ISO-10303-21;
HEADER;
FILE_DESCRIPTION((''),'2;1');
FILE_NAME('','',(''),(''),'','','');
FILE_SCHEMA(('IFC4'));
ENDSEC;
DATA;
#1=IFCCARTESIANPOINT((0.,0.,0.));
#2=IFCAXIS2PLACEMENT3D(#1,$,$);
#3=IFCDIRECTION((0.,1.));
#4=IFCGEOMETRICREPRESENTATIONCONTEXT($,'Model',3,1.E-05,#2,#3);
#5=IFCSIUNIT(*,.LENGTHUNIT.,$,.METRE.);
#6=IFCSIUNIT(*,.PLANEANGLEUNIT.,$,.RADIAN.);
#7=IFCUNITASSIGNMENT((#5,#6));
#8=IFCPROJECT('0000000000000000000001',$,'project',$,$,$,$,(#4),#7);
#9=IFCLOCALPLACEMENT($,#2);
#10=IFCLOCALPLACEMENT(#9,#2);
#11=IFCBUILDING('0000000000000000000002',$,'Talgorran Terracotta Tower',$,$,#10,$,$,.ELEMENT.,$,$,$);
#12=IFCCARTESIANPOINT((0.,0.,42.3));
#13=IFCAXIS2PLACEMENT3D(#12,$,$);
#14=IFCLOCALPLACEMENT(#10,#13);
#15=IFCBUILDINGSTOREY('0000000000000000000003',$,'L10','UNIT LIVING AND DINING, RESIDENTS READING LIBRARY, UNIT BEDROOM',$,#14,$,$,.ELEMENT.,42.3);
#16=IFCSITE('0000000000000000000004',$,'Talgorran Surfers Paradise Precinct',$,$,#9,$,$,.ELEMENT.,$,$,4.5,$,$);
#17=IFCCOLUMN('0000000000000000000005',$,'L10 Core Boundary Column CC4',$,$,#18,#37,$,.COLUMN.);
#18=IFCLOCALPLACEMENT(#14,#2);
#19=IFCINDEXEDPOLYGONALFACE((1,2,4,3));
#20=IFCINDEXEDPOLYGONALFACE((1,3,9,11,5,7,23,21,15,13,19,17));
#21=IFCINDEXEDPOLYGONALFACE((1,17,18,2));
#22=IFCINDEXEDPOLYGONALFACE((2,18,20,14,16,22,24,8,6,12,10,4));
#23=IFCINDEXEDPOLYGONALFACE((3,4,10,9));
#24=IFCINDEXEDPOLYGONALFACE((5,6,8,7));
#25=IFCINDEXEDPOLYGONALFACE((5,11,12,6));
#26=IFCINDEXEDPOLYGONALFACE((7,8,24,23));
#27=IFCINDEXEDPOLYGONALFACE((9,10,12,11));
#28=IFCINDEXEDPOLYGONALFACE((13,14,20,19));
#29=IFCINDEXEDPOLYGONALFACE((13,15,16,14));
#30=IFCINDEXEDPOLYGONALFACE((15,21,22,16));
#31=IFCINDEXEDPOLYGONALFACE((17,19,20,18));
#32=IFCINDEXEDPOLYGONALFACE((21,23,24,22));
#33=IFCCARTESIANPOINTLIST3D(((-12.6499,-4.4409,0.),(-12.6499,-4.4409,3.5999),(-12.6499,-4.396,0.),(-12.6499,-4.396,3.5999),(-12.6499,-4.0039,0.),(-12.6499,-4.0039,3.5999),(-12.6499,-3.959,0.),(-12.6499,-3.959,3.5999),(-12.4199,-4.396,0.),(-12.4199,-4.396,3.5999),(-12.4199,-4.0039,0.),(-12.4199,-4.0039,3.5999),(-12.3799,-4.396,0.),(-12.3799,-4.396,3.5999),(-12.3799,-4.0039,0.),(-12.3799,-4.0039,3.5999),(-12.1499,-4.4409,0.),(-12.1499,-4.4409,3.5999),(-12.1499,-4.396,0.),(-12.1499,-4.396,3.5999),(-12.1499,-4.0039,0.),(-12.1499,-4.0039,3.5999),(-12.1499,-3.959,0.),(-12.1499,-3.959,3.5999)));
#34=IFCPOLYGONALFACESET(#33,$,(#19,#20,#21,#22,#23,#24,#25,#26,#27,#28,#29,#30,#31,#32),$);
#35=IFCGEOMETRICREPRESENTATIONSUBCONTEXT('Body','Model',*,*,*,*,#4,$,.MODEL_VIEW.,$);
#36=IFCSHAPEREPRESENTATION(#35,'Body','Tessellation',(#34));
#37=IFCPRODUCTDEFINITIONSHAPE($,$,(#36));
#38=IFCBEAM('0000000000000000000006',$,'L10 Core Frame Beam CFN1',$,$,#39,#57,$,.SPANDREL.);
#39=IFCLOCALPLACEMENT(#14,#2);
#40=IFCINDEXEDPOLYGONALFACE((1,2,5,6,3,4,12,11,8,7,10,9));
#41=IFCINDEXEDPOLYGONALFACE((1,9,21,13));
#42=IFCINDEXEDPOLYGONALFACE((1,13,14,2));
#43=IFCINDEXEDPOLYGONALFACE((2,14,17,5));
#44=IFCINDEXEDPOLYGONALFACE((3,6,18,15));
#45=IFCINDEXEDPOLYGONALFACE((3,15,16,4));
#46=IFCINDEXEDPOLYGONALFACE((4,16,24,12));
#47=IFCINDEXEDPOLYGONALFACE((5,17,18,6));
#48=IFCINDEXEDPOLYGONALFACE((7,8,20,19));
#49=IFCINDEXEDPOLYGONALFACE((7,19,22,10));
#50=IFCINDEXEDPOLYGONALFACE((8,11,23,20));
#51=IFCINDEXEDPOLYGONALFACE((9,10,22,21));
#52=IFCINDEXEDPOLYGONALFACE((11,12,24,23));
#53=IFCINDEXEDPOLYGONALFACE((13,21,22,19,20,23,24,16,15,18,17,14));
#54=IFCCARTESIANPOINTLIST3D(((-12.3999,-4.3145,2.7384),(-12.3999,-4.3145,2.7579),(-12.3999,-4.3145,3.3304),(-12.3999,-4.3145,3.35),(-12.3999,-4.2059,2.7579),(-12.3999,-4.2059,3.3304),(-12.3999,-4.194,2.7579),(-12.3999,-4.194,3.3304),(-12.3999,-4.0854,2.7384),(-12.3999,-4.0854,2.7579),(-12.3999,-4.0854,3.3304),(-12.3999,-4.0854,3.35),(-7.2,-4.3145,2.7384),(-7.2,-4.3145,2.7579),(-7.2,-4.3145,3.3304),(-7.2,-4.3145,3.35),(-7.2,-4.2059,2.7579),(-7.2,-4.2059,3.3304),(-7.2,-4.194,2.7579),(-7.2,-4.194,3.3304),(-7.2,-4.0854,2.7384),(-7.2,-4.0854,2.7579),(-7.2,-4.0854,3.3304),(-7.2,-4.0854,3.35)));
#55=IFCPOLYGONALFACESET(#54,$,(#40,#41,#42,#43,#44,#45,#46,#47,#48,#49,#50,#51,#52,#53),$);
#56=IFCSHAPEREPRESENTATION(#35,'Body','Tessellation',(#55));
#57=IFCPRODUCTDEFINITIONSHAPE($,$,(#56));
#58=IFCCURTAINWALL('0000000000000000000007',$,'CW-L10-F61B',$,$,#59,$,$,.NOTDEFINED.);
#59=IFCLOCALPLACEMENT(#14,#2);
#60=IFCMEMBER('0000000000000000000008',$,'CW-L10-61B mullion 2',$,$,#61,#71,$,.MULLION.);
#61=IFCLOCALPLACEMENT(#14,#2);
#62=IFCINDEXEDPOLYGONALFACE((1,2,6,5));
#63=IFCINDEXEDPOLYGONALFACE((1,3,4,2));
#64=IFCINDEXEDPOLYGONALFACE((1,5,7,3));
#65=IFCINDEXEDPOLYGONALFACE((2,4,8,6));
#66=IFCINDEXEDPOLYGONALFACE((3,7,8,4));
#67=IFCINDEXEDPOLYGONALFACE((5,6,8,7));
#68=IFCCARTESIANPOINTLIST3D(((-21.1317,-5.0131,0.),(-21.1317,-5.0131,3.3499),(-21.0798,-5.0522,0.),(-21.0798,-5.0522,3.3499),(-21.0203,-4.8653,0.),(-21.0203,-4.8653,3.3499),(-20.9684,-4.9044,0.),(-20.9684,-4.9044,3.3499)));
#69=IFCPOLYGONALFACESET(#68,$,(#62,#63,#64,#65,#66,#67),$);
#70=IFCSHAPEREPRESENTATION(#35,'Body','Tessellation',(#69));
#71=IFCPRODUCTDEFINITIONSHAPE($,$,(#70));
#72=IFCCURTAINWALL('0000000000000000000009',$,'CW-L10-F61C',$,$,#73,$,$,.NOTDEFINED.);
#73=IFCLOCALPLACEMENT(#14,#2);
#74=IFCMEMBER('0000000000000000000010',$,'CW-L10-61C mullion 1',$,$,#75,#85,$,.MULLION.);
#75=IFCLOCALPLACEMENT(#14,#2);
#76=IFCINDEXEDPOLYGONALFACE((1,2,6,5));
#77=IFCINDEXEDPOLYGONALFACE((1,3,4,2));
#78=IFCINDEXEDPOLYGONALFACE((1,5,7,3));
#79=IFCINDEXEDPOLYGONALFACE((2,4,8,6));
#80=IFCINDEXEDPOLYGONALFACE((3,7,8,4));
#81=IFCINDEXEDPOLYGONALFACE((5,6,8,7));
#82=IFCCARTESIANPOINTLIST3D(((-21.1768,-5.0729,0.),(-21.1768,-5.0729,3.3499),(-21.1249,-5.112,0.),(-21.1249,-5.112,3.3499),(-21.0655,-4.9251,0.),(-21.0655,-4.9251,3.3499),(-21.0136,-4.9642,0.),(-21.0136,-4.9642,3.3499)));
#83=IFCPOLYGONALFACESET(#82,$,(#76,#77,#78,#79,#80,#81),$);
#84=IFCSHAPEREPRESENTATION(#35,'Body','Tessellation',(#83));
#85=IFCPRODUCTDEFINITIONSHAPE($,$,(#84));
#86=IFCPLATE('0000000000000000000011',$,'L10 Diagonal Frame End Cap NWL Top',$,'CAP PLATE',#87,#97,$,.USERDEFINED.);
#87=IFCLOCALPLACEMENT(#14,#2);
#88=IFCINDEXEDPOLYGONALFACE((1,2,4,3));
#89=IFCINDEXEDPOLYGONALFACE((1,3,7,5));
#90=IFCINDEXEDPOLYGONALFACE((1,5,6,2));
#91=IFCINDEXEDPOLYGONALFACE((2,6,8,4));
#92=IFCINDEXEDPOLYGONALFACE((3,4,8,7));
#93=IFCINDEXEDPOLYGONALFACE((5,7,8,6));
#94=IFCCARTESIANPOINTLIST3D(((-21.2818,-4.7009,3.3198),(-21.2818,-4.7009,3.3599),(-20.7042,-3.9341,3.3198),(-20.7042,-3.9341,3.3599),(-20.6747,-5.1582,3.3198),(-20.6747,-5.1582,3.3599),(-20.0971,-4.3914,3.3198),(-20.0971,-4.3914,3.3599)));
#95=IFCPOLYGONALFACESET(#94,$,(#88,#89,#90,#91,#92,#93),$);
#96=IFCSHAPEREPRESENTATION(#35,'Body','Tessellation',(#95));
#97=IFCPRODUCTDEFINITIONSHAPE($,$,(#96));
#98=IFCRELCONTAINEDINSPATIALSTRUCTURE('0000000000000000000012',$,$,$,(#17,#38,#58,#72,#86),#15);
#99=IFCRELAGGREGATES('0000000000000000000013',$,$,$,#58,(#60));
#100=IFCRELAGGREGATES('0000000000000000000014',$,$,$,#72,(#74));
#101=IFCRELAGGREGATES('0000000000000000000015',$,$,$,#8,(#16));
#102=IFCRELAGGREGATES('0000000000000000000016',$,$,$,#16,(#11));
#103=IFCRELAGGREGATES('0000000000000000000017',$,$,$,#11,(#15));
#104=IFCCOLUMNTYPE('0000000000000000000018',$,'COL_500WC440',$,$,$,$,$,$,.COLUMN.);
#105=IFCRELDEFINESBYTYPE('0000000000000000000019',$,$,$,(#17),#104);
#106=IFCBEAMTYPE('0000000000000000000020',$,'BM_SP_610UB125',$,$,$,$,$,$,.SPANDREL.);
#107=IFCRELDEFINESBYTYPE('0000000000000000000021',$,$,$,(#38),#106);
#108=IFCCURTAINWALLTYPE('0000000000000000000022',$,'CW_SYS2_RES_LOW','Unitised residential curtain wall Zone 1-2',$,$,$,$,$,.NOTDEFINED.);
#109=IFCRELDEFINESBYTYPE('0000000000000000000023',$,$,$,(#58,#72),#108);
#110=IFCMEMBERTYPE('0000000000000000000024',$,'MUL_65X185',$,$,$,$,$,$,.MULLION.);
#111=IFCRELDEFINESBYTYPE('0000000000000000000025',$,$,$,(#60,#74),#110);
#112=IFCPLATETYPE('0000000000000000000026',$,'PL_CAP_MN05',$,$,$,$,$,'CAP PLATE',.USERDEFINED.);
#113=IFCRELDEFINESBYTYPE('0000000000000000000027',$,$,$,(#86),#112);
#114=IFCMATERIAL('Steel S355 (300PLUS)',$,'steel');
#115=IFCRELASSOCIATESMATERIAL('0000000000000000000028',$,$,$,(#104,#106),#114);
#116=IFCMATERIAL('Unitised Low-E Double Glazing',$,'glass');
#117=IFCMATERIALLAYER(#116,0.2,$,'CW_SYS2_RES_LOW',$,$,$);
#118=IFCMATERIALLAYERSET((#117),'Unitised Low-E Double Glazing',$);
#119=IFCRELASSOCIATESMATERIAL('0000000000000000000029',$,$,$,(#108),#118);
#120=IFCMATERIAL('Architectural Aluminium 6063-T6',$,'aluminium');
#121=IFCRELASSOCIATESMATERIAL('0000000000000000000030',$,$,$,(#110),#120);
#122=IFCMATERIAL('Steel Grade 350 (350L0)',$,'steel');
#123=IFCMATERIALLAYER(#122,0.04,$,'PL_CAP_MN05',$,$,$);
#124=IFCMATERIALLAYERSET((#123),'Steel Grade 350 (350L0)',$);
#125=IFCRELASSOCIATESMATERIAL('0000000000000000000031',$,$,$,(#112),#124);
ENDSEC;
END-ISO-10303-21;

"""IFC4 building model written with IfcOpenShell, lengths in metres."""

from ifc_helpers import new_model, si_unit, direction, frame, origin, origin_2d, place, context, subcontext, project, spatial, rectangle, i_section, extrude, material, layer, layer_set, material_profile, profile_set, type_object, element, aggregate, save


model = new_model("IFC4")

# Units and contexts
model_context = context("Model", 3, precision=1e-05, world=origin(), true_north=direction((0.0, 1.0)))
body_context = subcontext(model_context, "Body", "Model", "MODEL_VIEW")
ifc_project = project(units=[si_unit("LENGTHUNIT", "METRE"), si_unit("PLANEANGLEUNIT", "RADIAN")], contexts=[model_context])

# Site, building, storey
site_placement = place(None, origin())
site = spatial("IfcSite", under=ifc_project, at=site_placement, Name="Talgorran Surfers Paradise Precinct", CompositionType="ELEMENT", RefElevation=4.5)
building_placement = place(site_placement, origin())
building = spatial("IfcBuilding", under=site, at=building_placement, Name="Talgorran Terracotta Tower", CompositionType="ELEMENT")
storey_placement = place(building_placement, frame((0.0, 0.0, 42.3)))
storey = spatial("IfcBuildingStorey", under=building, at=storey_placement, Name="L10", Description="UNIT LIVING AND DINING, RESIDENTS READING LIBRARY, UNIT BEDROOM", CompositionType="ELEMENT", Elevation=42.3)

# Column
ifc_material_1 = material(Name="Steel S355 (300PLUS)", Category="steel")
ifc_material_profile_1 = material_profile(ifc_material_1, i_section(OverallWidth=0.5, OverallDepth=0.4819, WebThickness=0.04, FlangeThickness=0.0449, at=origin_2d()), Name="500WC440")
ifc_profile_set_1 = profile_set([ifc_material_profile_1], Name="Steel S355 (300PLUS)")
column_type = type_object("IfcColumnType", Name="COL_500WC440", PredefinedType="COLUMN", material=ifc_profile_set_1)
column_placement = place(storey_placement, frame((-12.3999, -4.2, 0.0), z_axis=(0.0, 0.0, 1.0), x_axis=(1.0, 0.0, 0.0)))
element("IfcColumn", 1, at=column_placement, inside=storey, type_object=column_type, Name="L10 Core Boundary Column CC4", PredefinedType="COLUMN", context=body_context, shape_type="SweptSolid", body=[
    extrude(i_section(OverallWidth=0.5, OverallDepth=0.4819, WebThickness=0.04, FlangeThickness=0.0449, at=origin_2d()), origin(), (0.0, 0.0, 1.0), 3.5999),
])

# Beam
ifc_material_profile_2 = material_profile(ifc_material_1, i_section(OverallWidth=0.229, OverallDepth=0.6116, WebThickness=0.012, FlangeThickness=0.0195, at=origin_2d()), Name="610UB125")
ifc_profile_set_2 = profile_set([ifc_material_profile_2], Name="Steel S355 (300PLUS)")
beam_type = type_object("IfcBeamType", Name="BM_SP_610UB125", PredefinedType="SPANDREL", material=ifc_profile_set_2)
beam_placement = place(storey_placement, frame((-12.3999, -4.2, 3.0442), z_axis=(1.0, 0.0, 0.0), x_axis=(0.0, 1.0, 0.0)))
element("IfcBeam", 2, at=beam_placement, inside=storey, type_object=beam_type, Name="L10 Core Frame Beam CFN1", PredefinedType="SPANDREL", context=body_context, shape_type="SweptSolid", body=[
    extrude(i_section(OverallWidth=0.229, OverallDepth=0.6116, WebThickness=0.012, FlangeThickness=0.0195, at=origin_2d()), origin(), (0.0, 0.0, 1.0), 5.2),
])

# Curtain walls, members
ifc_material_2 = material(Name="Unitised Low-E Double Glazing", Category="glass")
ifc_layer_1 = layer(ifc_material_2, 0.2, Name="CW_SYS2_RES_LOW")
ifc_layer_set_1 = layer_set([ifc_layer_1], Name="Unitised Low-E Double Glazing")
curtain_wall_type = type_object("IfcCurtainWallType", Name="CW_SYS2_RES_LOW", Description="Unitised residential curtain wall Zone 1-2", PredefinedType="NOTDEFINED", material=ifc_layer_set_1)
curtain_wall_1_placement = place(storey_placement, origin())
curtain_wall_1 = element("IfcCurtainWall", 3, at=curtain_wall_1_placement, inside=storey, type_object=curtain_wall_type, Name="CW-L10-F61B", PredefinedType="NOTDEFINED")
ifc_material_3 = material(Name="Architectural Aluminium 6063-T6", Category="aluminium")
ifc_material_profile_3 = material_profile(ifc_material_3, rectangle(XDim=0.0649, YDim=0.1851, at=origin_2d()), Name="CWM65X185")
ifc_profile_set_3 = profile_set([ifc_material_profile_3], Name="Architectural Aluminium 6063-T6")
member_type = type_object("IfcMemberType", Name="MUL_65X185", PredefinedType="MULLION", material=ifc_profile_set_3)
member_1_placement = place(storey_placement, frame((-21.05, -4.9587, 0.0), z_axis=(0.0, 0.0, 1.0), x_axis=(0.798782, -0.60162, 0.0)))
member_1 = element("IfcMember", 4, at=member_1_placement, type_object=member_type, Name="CW-L10-61B mullion 2", PredefinedType="MULLION", context=body_context, shape_type="SweptSolid", body=[
    extrude(rectangle(XDim=0.0649, YDim=0.1851, at=origin_2d()), origin(), (0.0, 0.0, 1.0), 3.3499),
])
aggregate(curtain_wall_1, [member_1])
curtain_wall_2_placement = place(storey_placement, origin())
curtain_wall_2 = element("IfcCurtainWall", 5, at=curtain_wall_2_placement, inside=storey, type_object=curtain_wall_type, Name="CW-L10-F61C", PredefinedType="NOTDEFINED")
member_2_placement = place(storey_placement, frame((-21.0952, -5.0186, 0.0), z_axis=(0.0, 0.0, 1.0), x_axis=(0.798775, -0.60163, 0.0)))
member_2 = element("IfcMember", 6, at=member_2_placement, type_object=member_type, Name="CW-L10-61C mullion 1", PredefinedType="MULLION", context=body_context, shape_type="SweptSolid", body=[
    extrude(rectangle(XDim=0.0649, YDim=0.1851, at=origin_2d()), origin(), (0.0, 0.0, 1.0), 3.3499),
])
aggregate(curtain_wall_2, [member_2])

# Plate
ifc_material_4 = material(Name="Steel Grade 350 (350L0)", Category="steel")
ifc_layer_2 = layer(ifc_material_4, 0.04, Name="PL_CAP_MN05")
ifc_layer_set_2 = layer_set([ifc_layer_2], Name="Steel Grade 350 (350L0)")
plate_type = type_object("IfcPlateType", Name="PL_CAP_MN05", ElementType="CAP PLATE", PredefinedType="USERDEFINED", material=ifc_layer_set_2)
plate_placement = place(storey_placement, frame((-20.6895, -4.5461, 3.3198), z_axis=(0.0, 0.0, 1.0), x_axis=(-0.601676, -0.798741, 0.0)))
element("IfcPlate", 7, at=plate_placement, inside=storey, type_object=plate_type, Name="L10 Diagonal Frame End Cap NWL Top", ObjectType="CAP PLATE", PredefinedType="USERDEFINED", context=body_context, shape_type="SweptSolid", body=[
    extrude(rectangle(XDim=0.96, YDim=0.76, at=origin_2d()), origin(), (0.0, 0.0, 1.0), 0.04),
])

save(model, "model.ifc")
